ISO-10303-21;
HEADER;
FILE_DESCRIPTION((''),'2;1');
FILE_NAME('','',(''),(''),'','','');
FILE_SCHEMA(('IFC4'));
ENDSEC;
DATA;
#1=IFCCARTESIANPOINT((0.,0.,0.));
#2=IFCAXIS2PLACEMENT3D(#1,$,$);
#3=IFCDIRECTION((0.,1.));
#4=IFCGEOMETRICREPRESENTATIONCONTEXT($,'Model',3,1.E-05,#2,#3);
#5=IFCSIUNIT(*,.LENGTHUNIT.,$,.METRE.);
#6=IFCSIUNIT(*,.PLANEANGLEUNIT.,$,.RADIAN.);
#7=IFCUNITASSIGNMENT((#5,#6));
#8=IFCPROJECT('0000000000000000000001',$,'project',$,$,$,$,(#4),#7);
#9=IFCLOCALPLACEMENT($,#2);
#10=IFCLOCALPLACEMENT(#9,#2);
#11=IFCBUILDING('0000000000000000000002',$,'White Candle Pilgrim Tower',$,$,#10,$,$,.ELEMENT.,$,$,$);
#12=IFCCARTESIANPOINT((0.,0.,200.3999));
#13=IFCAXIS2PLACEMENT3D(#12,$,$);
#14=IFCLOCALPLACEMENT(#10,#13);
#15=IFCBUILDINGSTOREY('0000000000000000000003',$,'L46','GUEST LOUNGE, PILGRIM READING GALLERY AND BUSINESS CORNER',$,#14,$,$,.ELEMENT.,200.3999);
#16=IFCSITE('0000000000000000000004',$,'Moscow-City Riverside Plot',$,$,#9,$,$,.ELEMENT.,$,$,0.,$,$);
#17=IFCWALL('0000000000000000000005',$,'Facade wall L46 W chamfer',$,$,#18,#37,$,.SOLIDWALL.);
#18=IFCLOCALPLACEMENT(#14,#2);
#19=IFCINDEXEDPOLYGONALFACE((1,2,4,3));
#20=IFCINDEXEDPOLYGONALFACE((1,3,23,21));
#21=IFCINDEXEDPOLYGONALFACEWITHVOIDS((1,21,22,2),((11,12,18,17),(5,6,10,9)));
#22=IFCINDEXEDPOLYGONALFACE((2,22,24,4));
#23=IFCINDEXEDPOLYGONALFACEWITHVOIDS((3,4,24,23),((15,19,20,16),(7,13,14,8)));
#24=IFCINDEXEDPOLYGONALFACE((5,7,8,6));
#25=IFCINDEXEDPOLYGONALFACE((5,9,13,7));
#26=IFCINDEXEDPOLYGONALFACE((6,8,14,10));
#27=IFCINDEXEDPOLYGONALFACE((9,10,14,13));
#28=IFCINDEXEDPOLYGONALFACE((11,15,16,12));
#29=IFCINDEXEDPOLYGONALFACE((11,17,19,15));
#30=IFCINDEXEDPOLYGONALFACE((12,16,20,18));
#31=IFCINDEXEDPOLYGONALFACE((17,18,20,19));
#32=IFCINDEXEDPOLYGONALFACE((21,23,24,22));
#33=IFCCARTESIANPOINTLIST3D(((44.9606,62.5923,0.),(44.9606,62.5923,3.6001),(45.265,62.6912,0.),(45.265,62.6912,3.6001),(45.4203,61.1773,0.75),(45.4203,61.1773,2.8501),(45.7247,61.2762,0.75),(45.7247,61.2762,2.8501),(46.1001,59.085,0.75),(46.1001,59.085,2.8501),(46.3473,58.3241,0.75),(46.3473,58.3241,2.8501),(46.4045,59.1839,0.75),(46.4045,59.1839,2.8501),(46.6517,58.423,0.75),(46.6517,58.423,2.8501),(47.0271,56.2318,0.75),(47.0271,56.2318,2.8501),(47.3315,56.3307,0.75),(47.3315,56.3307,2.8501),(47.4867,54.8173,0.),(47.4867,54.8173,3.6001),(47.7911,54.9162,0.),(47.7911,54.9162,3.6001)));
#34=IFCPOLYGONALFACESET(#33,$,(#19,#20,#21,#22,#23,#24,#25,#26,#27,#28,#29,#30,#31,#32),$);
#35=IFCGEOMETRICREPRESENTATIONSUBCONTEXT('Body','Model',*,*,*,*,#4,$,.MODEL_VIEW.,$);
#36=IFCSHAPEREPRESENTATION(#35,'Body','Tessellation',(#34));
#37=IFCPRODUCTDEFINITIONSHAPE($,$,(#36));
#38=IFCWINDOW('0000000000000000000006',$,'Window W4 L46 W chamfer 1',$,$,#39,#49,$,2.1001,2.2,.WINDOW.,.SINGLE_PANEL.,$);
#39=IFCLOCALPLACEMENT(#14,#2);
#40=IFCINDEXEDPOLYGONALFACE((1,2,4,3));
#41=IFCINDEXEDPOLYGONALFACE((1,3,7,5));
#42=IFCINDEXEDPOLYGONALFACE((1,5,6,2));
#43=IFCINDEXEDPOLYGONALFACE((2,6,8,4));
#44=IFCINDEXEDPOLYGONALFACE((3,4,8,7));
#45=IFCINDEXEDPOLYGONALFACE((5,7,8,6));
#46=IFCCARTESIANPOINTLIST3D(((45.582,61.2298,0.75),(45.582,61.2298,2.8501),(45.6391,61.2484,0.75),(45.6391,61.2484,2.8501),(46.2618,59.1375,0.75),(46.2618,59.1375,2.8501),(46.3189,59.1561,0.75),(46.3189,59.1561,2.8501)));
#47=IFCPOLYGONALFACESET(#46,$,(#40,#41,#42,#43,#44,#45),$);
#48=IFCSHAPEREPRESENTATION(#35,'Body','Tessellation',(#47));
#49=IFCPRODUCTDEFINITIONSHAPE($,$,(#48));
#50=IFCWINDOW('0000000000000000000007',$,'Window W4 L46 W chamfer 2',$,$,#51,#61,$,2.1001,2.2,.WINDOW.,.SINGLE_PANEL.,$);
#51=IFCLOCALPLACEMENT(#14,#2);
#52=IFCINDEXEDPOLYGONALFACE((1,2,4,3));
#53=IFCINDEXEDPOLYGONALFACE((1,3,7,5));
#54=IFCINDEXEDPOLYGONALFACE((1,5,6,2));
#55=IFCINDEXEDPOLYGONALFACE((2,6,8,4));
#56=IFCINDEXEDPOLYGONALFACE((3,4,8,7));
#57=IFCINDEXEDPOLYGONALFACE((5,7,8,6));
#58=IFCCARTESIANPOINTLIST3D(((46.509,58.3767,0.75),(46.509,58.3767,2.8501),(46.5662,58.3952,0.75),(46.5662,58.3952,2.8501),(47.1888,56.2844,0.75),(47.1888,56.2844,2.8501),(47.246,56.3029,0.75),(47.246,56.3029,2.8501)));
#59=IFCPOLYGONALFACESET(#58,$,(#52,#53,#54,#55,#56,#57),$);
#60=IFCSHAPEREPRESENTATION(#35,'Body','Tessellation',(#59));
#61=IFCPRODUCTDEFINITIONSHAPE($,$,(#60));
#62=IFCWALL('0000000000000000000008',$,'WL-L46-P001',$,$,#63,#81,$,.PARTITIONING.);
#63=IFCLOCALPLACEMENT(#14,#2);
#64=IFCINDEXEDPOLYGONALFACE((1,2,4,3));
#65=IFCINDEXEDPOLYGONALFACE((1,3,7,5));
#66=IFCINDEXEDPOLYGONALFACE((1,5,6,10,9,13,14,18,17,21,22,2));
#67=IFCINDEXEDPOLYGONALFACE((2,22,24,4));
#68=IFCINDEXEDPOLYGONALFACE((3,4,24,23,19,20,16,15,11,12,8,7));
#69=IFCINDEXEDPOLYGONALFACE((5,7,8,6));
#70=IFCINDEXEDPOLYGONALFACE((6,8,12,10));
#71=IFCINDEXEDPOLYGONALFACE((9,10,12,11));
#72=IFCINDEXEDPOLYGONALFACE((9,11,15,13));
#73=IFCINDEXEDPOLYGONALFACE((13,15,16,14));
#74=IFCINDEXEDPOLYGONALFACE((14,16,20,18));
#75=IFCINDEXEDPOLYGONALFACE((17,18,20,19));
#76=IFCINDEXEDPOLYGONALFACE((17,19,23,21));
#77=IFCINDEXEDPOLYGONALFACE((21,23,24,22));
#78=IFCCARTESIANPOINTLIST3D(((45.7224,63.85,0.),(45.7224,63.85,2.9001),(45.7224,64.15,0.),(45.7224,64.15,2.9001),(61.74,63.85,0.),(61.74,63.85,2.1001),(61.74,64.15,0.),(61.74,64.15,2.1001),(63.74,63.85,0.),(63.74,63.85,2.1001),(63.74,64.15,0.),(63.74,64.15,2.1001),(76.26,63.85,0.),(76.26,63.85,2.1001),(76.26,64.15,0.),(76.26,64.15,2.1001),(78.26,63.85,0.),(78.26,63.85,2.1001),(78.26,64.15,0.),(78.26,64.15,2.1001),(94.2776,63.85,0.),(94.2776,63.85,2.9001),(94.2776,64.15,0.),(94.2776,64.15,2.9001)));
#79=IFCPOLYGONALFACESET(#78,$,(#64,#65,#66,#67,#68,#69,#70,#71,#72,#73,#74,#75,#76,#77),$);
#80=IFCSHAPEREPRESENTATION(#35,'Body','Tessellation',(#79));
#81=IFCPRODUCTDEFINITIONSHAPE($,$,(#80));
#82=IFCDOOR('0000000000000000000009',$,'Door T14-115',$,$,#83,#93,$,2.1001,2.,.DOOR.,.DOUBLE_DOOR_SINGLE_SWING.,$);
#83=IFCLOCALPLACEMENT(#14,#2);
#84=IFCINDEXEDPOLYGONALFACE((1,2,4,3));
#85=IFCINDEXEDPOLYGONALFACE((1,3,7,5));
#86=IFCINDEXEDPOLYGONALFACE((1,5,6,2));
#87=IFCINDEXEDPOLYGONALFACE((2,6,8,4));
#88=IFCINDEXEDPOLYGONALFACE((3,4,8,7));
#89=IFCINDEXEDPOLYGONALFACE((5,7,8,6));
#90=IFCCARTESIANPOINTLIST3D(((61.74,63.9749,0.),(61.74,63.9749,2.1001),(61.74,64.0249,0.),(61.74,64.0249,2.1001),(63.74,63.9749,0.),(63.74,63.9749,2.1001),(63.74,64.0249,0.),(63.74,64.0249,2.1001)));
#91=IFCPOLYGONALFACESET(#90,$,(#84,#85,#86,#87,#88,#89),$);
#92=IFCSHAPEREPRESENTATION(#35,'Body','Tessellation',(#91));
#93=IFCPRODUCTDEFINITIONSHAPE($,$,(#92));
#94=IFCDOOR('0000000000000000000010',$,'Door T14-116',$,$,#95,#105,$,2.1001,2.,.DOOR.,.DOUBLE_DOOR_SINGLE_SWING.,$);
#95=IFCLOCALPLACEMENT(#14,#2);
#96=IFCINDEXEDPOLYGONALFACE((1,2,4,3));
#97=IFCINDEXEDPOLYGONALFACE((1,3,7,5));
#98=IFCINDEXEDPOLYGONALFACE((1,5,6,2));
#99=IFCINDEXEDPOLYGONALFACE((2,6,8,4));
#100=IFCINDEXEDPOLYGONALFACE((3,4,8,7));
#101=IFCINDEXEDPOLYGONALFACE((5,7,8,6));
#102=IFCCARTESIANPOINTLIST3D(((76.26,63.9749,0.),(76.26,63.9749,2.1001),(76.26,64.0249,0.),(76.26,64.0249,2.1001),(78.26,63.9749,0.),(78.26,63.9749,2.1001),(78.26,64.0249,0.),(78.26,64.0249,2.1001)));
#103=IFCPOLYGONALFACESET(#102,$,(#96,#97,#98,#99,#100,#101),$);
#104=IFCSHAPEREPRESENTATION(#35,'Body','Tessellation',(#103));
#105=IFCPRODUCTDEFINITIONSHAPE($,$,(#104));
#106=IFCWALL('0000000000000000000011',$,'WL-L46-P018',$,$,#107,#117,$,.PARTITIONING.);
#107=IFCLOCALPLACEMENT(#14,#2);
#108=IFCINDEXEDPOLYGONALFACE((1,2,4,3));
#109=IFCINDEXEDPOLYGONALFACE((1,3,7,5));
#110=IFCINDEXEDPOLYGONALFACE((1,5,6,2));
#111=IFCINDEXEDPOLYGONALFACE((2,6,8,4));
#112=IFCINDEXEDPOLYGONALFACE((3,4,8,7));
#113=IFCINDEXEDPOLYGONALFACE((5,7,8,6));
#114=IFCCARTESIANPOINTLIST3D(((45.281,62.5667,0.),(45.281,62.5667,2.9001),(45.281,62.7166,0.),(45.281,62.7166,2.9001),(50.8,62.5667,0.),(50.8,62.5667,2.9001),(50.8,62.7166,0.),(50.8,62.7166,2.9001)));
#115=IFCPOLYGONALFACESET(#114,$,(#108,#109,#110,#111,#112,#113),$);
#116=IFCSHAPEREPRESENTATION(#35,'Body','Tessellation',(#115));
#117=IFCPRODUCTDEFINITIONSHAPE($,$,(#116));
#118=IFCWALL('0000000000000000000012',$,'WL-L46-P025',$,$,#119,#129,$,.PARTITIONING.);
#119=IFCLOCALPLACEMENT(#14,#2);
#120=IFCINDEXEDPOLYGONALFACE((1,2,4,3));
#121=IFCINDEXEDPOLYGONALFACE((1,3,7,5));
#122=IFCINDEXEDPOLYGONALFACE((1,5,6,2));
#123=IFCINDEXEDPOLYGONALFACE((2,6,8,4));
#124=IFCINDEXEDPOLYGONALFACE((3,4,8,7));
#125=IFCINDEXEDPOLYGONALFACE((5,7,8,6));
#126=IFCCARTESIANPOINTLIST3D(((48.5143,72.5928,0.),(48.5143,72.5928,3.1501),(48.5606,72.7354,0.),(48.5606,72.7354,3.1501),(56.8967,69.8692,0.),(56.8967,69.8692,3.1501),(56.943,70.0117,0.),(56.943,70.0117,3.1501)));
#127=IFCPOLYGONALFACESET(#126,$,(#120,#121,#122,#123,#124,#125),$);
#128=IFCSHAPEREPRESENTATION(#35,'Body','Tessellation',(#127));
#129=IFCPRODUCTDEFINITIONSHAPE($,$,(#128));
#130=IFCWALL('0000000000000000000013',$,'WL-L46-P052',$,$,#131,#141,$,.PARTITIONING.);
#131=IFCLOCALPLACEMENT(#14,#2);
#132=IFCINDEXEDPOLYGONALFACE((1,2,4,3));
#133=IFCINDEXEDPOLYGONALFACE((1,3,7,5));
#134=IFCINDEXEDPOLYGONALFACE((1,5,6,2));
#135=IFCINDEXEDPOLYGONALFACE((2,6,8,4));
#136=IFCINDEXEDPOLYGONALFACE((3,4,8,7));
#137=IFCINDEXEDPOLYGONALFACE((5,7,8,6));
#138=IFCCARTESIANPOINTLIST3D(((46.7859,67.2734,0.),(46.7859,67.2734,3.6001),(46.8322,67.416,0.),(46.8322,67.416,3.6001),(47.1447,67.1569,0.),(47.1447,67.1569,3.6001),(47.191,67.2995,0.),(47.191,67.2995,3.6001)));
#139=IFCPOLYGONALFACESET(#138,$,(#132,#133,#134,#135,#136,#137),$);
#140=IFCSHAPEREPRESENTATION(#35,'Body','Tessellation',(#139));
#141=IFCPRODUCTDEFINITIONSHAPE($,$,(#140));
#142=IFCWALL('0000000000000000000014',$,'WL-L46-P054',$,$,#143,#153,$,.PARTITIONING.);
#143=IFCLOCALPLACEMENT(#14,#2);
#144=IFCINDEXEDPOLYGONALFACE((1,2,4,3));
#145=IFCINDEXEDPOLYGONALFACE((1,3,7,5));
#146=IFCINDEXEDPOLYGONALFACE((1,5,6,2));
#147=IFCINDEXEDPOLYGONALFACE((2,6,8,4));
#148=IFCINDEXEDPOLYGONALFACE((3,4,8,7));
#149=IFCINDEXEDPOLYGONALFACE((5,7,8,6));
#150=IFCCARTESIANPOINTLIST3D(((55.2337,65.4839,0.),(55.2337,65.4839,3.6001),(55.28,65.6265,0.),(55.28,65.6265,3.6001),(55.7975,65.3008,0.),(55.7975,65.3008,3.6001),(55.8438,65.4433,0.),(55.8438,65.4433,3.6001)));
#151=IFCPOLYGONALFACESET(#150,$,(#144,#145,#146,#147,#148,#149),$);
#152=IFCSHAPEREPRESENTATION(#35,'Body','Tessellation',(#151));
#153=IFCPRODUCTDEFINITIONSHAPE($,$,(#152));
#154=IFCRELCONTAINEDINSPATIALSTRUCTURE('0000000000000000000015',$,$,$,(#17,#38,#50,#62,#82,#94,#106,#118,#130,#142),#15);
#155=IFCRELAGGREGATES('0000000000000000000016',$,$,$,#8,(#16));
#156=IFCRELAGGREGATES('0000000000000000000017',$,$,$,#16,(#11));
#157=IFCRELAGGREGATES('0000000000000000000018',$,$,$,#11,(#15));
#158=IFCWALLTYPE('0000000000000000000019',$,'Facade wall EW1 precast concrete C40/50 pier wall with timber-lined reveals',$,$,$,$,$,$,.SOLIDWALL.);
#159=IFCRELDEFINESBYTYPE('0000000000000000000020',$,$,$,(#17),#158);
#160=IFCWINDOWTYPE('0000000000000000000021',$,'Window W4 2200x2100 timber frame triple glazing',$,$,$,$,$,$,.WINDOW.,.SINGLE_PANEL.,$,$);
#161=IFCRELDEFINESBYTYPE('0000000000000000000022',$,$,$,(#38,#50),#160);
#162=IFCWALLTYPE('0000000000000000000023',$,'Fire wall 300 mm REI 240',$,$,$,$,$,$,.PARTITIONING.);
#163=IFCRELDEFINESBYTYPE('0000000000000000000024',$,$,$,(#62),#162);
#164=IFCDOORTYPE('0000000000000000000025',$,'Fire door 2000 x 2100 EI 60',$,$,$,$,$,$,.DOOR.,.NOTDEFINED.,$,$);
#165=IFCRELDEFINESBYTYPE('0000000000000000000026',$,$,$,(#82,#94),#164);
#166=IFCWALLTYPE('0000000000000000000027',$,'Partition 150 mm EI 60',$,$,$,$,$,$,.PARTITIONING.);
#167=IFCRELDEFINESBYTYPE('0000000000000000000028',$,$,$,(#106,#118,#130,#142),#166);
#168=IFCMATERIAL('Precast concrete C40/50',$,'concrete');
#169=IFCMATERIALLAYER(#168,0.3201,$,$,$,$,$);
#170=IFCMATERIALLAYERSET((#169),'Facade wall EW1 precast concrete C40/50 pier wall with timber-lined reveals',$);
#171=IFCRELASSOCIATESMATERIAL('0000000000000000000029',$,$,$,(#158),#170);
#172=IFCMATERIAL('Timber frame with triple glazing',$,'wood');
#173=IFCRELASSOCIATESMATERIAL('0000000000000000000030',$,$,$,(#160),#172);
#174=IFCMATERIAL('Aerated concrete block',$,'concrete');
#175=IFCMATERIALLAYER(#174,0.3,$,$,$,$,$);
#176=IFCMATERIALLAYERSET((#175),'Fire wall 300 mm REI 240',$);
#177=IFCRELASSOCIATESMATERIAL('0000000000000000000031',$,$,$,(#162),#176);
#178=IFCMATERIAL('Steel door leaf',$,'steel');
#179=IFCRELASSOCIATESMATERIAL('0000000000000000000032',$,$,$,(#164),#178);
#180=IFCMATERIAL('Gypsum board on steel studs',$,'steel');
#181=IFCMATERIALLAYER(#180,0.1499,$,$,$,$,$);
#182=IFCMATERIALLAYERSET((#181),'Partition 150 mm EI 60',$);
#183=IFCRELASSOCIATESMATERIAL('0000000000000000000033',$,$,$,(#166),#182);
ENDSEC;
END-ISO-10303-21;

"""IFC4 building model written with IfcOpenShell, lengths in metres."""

from ifc_helpers import new_model, si_unit, direction, frame, frame_2d, origin, place, context, subcontext, project, spatial, rectangle, extrude, material, layer, layer_set, type_object, element, fill, save


model = new_model("IFC4")

# Units and contexts
model_context = context("Model", 3, precision=1e-05, world=origin(), true_north=direction((0.0, 1.0)))
body_context = subcontext(model_context, "Body", "Model", "MODEL_VIEW")
ifc_project = project(units=[si_unit("LENGTHUNIT", "METRE"), si_unit("PLANEANGLEUNIT", "RADIAN")], contexts=[model_context])

# Site, building, storey
site_placement = place(None, origin())
site = spatial("IfcSite", under=ifc_project, at=site_placement, Name="Moscow-City Riverside Plot", CompositionType="ELEMENT", RefElevation=0.0)
building_placement = place(site_placement, origin())
building = spatial("IfcBuilding", under=site, at=building_placement, Name="White Candle Pilgrim Tower", CompositionType="ELEMENT")
storey_placement = place(building_placement, frame((0.0, 0.0, 200.3999)))
storey = spatial("IfcBuildingStorey", under=building, at=storey_placement, Name="L46", Description="GUEST LOUNGE, PILGRIM READING GALLERY AND BUSINESS CORNER", CompositionType="ELEMENT", Elevation=200.3999)

# Shared definitions
ifc_material_1 = material(Name="Gypsum board on steel studs", Category="steel")

# Shared definitions
ifc_material_2 = material(Name="Steel door leaf", Category="steel")

# Wall, openings, windows
ifc_material_3 = material(Name="Precast concrete C40/50", Category="concrete")
ifc_layer_1 = layer(ifc_material_3, 0.3201)
ifc_layer_set_1 = layer_set([ifc_layer_1], Name="Facade wall EW1 precast concrete C40/50 pier wall with timber-lined reveals")
wall_type_1 = type_object("IfcWallType", Name="Facade wall EW1 precast concrete C40/50 pier wall with timber-lined reveals", PredefinedType="SOLIDWALL", material=ifc_layer_set_1)
wall_1_placement = place(storey_placement, frame((45.1128, 62.6416, 0.0), z_axis=(0.0, 0.0, 1.0), x_axis=(0.309006, -0.95106, 0.0)))
wall_1 = element("IfcWall", 1, at=wall_1_placement, inside=storey, type_object=wall_type_1, Name="Facade wall L46 W chamfer", PredefinedType="SOLIDWALL", context=body_context, shape_type="SweptSolid", body=[
    extrude(rectangle(XDim=8.175, YDim=0.3201, at=frame_2d((4.0874, 0.0))), origin(), (0.0, 0.0, 1.0), 3.6001),
])
opening_1_placement = place(wall_1_placement, frame((1.4875, 0.0, 0.75)))
opening_1 = element("IfcOpeningElement", 2, at=opening_1_placement, cuts=wall_1, PredefinedType="OPENING", context=body_context, shape_type="SweptSolid", body=[
    extrude(rectangle(XDim=2.2, YDim=2.1001, at=frame_2d((1.1001, 1.05))), frame((0.0, 0.1699, 0.0), z_axis=(0.0, -1.0, 0.0), x_axis=(1.0, 0.0, 0.0)), (0.0, 0.0, 1.0), 0.3401),
])
opening_2_placement = place(wall_1_placement, frame((4.4875, 0.0, 0.75)))
opening_2 = element("IfcOpeningElement", 3, at=opening_2_placement, cuts=wall_1, PredefinedType="OPENING", context=body_context, shape_type="SweptSolid", body=[
    extrude(rectangle(XDim=2.2, YDim=2.1001, at=frame_2d((1.1001, 1.05))), frame((0.0, 0.1699, 0.0), z_axis=(0.0, -1.0, 0.0), x_axis=(1.0, 0.0, 0.0)), (0.0, 0.0, 1.0), 0.3401),
])
ifc_material_4 = material(Name="Timber frame with triple glazing", Category="wood")
window_type = type_object("IfcWindowType", Name="Window W4 2200x2100 timber frame triple glazing", PartitioningType="SINGLE_PANEL", PredefinedType="WINDOW", material=ifc_material_4)
window_1_placement = place(opening_1_placement, origin())
window_1 = element("IfcWindow", 4, at=window_1_placement, inside=storey, type_object=window_type, Name="Window W4 L46 W chamfer 1", OverallHeight=2.1001, OverallWidth=2.2, PartitioningType="SINGLE_PANEL", PredefinedType="WINDOW", context=body_context, shape_type="SweptSolid", body=[
    extrude(rectangle(XDim=2.2, YDim=2.1001, at=frame_2d((1.1001, 1.05))), frame((0.0, 0.0701, 0.0), z_axis=(0.0, -1.0, 0.0), x_axis=(1.0, 0.0, 0.0)), (0.0, 0.0, 1.0), 0.0601),
])
fill(opening_1, window_1)
window_2_placement = place(opening_2_placement, origin())
window_2 = element("IfcWindow", 5, at=window_2_placement, inside=storey, type_object=window_type, Name="Window W4 L46 W chamfer 2", OverallHeight=2.1001, OverallWidth=2.2, PartitioningType="SINGLE_PANEL", PredefinedType="WINDOW", context=body_context, shape_type="SweptSolid", body=[
    extrude(rectangle(XDim=2.2, YDim=2.1001, at=frame_2d((1.1001, 1.05))), frame((0.0, 0.0701, 0.0), z_axis=(0.0, -1.0, 0.0), x_axis=(1.0, 0.0, 0.0)), (0.0, 0.0, 1.0), 0.0601),
])
fill(opening_2, window_2)

# Wall, openings, doors
ifc_material_5 = material(Name="Aerated concrete block", Category="concrete")
ifc_layer_2 = layer(ifc_material_5, 0.3)
ifc_layer_set_2 = layer_set([ifc_layer_2], Name="Fire wall 300 mm REI 240")
wall_type_2 = type_object("IfcWallType", Name="Fire wall 300 mm REI 240", PredefinedType="PARTITIONING", material=ifc_layer_set_2)
wall_2_placement = place(storey_placement, frame((45.7224, 64.0, 0.0), z_axis=(0.0, 0.0, 1.0), x_axis=(1.0, 0.0, 0.0)))
wall_2 = element("IfcWall", 6, at=wall_2_placement, inside=storey, type_object=wall_type_2, Name="WL-L46-P001", PredefinedType="PARTITIONING", context=body_context, shape_type="SweptSolid", body=[
    extrude(rectangle(XDim=48.5552, YDim=0.3, at=frame_2d((24.2776, 0.0))), origin(), (0.0, 0.0, 1.0), 2.9001),
])
opening_3_placement = place(wall_2_placement, frame((16.0176, 0.0, 0.0)))
opening_3 = element("IfcOpeningElement", 7, at=opening_3_placement, cuts=wall_2, PredefinedType="OPENING", context=body_context, shape_type="SweptSolid", body=[
    extrude(rectangle(XDim=2.0, YDim=2.1001, at=frame_2d((1.0, 1.05))), frame((0.0, 0.1599, 0.0), z_axis=(0.0, -1.0, 0.0), x_axis=(1.0, 0.0, 0.0)), (0.0, 0.0, 1.0), 0.3201),
])
opening_4_placement = place(wall_2_placement, frame((30.5376, 0.0, 0.0)))
opening_4 = element("IfcOpeningElement", 8, at=opening_4_placement, cuts=wall_2, PredefinedType="OPENING", context=body_context, shape_type="SweptSolid", body=[
    extrude(rectangle(XDim=2.0, YDim=2.1001, at=frame_2d((1.0, 1.05))), frame((0.0, 0.1599, 0.0), z_axis=(0.0, -1.0, 0.0), x_axis=(1.0, 0.0, 0.0)), (0.0, 0.0, 1.0), 0.3201),
])
door_type_1 = type_object("IfcDoorType", Name="Fire door 2000 x 2100 EI 60", OperationType="NOTDEFINED", PredefinedType="DOOR", material=ifc_material_2)
door_1_placement = place(opening_3_placement, origin())
door_1 = element("IfcDoor", 9, at=door_1_placement, inside=storey, type_object=door_type_1, Name="Door T14-115", OperationType="DOUBLE_DOOR_SINGLE_SWING", OverallHeight=2.1001, OverallWidth=2.0, PredefinedType="DOOR", context=body_context, shape_type="SweptSolid", body=[
    extrude(rectangle(XDim=2.0, YDim=2.1001, at=frame_2d((1.0, 1.05))), frame((0.0, 0.0249, 0.0), z_axis=(0.0, -1.0, 0.0), x_axis=(1.0, 0.0, 0.0)), (0.0, 0.0, 1.0), 0.05),
])
fill(opening_3, door_1)
door_2_placement = place(opening_4_placement, origin())
door_2 = element("IfcDoor", 10, at=door_2_placement, inside=storey, type_object=door_type_1, Name="Door T14-116", OperationType="DOUBLE_DOOR_SINGLE_SWING", OverallHeight=2.1001, OverallWidth=2.0, PredefinedType="DOOR", context=body_context, shape_type="SweptSolid", body=[
    extrude(rectangle(XDim=2.0, YDim=2.1001, at=frame_2d((1.0, 1.05))), frame((0.0, 0.0249, 0.0), z_axis=(0.0, -1.0, 0.0), x_axis=(1.0, 0.0, 0.0)), (0.0, 0.0, 1.0), 0.05),
])
fill(opening_4, door_2)

# Walls
ifc_layer_3 = layer(ifc_material_1, 0.1499)
ifc_layer_set_3 = layer_set([ifc_layer_3], Name="Partition 150 mm EI 60")
wall_type_3 = type_object("IfcWallType", Name="Partition 150 mm EI 60", PredefinedType="PARTITIONING", material=ifc_layer_set_3)
wall_3_placement = place(storey_placement, frame((45.281, 62.6416, 0.0), z_axis=(0.0, 0.0, 1.0), x_axis=(1.0, 0.0, 0.0)))
element("IfcWall", 11, at=wall_3_placement, inside=storey, type_object=wall_type_3, Name="WL-L46-P018", PredefinedType="PARTITIONING", context=body_context, shape_type="SweptSolid", body=[
    extrude(rectangle(XDim=5.519, YDim=0.1499, at=frame_2d((2.7595, 0.0))), origin(), (0.0, 0.0, 1.0), 2.9001),
])
wall_4_placement = place(storey_placement, frame((48.5376, 72.6641, 0.0), z_axis=(0.0, 0.0, 1.0), x_axis=(0.951055, -0.309022, 0.0)))
element("IfcWall", 12, at=wall_4_placement, inside=storey, type_object=wall_type_3, Name="WL-L46-P025", PredefinedType="PARTITIONING", context=body_context, shape_type="SweptSolid", body=[
    extrude(rectangle(XDim=8.8137, YDim=0.1499, at=frame_2d((4.4067, 0.0))), origin(), (0.0, 0.0, 1.0), 3.1501),
])
wall_5_placement = place(storey_placement, frame((47.1677, 67.2283, 0.0), z_axis=(0.0, 0.0, 1.0), x_axis=(-0.951115, 0.308837, 0.0)))
element("IfcWall", 13, at=wall_5_placement, inside=storey, type_object=wall_type_3, Name="WL-L46-P052", PredefinedType="PARTITIONING", context=body_context, shape_type="SweptSolid", body=[
    extrude(rectangle(XDim=0.3772, YDim=0.1499, at=frame_2d((0.1885, 0.0))), origin(), (0.0, 0.0, 1.0), 3.6001),
])
wall_6_placement = place(storey_placement, frame((55.2568, 65.5552, 0.0), z_axis=(0.0, 0.0, 1.0), x_axis=(0.951086, -0.308928, 0.0)))
element("IfcWall", 14, at=wall_6_placement, inside=storey, type_object=wall_type_3, Name="WL-L46-P054", PredefinedType="PARTITIONING", context=body_context, shape_type="SweptSolid", body=[
    extrude(rectangle(XDim=0.5928, YDim=0.1499, at=frame_2d((0.2964, 0.0))), origin(), (0.0, 0.0, 1.0), 3.6001),
])

save(model, "model.ifc")
